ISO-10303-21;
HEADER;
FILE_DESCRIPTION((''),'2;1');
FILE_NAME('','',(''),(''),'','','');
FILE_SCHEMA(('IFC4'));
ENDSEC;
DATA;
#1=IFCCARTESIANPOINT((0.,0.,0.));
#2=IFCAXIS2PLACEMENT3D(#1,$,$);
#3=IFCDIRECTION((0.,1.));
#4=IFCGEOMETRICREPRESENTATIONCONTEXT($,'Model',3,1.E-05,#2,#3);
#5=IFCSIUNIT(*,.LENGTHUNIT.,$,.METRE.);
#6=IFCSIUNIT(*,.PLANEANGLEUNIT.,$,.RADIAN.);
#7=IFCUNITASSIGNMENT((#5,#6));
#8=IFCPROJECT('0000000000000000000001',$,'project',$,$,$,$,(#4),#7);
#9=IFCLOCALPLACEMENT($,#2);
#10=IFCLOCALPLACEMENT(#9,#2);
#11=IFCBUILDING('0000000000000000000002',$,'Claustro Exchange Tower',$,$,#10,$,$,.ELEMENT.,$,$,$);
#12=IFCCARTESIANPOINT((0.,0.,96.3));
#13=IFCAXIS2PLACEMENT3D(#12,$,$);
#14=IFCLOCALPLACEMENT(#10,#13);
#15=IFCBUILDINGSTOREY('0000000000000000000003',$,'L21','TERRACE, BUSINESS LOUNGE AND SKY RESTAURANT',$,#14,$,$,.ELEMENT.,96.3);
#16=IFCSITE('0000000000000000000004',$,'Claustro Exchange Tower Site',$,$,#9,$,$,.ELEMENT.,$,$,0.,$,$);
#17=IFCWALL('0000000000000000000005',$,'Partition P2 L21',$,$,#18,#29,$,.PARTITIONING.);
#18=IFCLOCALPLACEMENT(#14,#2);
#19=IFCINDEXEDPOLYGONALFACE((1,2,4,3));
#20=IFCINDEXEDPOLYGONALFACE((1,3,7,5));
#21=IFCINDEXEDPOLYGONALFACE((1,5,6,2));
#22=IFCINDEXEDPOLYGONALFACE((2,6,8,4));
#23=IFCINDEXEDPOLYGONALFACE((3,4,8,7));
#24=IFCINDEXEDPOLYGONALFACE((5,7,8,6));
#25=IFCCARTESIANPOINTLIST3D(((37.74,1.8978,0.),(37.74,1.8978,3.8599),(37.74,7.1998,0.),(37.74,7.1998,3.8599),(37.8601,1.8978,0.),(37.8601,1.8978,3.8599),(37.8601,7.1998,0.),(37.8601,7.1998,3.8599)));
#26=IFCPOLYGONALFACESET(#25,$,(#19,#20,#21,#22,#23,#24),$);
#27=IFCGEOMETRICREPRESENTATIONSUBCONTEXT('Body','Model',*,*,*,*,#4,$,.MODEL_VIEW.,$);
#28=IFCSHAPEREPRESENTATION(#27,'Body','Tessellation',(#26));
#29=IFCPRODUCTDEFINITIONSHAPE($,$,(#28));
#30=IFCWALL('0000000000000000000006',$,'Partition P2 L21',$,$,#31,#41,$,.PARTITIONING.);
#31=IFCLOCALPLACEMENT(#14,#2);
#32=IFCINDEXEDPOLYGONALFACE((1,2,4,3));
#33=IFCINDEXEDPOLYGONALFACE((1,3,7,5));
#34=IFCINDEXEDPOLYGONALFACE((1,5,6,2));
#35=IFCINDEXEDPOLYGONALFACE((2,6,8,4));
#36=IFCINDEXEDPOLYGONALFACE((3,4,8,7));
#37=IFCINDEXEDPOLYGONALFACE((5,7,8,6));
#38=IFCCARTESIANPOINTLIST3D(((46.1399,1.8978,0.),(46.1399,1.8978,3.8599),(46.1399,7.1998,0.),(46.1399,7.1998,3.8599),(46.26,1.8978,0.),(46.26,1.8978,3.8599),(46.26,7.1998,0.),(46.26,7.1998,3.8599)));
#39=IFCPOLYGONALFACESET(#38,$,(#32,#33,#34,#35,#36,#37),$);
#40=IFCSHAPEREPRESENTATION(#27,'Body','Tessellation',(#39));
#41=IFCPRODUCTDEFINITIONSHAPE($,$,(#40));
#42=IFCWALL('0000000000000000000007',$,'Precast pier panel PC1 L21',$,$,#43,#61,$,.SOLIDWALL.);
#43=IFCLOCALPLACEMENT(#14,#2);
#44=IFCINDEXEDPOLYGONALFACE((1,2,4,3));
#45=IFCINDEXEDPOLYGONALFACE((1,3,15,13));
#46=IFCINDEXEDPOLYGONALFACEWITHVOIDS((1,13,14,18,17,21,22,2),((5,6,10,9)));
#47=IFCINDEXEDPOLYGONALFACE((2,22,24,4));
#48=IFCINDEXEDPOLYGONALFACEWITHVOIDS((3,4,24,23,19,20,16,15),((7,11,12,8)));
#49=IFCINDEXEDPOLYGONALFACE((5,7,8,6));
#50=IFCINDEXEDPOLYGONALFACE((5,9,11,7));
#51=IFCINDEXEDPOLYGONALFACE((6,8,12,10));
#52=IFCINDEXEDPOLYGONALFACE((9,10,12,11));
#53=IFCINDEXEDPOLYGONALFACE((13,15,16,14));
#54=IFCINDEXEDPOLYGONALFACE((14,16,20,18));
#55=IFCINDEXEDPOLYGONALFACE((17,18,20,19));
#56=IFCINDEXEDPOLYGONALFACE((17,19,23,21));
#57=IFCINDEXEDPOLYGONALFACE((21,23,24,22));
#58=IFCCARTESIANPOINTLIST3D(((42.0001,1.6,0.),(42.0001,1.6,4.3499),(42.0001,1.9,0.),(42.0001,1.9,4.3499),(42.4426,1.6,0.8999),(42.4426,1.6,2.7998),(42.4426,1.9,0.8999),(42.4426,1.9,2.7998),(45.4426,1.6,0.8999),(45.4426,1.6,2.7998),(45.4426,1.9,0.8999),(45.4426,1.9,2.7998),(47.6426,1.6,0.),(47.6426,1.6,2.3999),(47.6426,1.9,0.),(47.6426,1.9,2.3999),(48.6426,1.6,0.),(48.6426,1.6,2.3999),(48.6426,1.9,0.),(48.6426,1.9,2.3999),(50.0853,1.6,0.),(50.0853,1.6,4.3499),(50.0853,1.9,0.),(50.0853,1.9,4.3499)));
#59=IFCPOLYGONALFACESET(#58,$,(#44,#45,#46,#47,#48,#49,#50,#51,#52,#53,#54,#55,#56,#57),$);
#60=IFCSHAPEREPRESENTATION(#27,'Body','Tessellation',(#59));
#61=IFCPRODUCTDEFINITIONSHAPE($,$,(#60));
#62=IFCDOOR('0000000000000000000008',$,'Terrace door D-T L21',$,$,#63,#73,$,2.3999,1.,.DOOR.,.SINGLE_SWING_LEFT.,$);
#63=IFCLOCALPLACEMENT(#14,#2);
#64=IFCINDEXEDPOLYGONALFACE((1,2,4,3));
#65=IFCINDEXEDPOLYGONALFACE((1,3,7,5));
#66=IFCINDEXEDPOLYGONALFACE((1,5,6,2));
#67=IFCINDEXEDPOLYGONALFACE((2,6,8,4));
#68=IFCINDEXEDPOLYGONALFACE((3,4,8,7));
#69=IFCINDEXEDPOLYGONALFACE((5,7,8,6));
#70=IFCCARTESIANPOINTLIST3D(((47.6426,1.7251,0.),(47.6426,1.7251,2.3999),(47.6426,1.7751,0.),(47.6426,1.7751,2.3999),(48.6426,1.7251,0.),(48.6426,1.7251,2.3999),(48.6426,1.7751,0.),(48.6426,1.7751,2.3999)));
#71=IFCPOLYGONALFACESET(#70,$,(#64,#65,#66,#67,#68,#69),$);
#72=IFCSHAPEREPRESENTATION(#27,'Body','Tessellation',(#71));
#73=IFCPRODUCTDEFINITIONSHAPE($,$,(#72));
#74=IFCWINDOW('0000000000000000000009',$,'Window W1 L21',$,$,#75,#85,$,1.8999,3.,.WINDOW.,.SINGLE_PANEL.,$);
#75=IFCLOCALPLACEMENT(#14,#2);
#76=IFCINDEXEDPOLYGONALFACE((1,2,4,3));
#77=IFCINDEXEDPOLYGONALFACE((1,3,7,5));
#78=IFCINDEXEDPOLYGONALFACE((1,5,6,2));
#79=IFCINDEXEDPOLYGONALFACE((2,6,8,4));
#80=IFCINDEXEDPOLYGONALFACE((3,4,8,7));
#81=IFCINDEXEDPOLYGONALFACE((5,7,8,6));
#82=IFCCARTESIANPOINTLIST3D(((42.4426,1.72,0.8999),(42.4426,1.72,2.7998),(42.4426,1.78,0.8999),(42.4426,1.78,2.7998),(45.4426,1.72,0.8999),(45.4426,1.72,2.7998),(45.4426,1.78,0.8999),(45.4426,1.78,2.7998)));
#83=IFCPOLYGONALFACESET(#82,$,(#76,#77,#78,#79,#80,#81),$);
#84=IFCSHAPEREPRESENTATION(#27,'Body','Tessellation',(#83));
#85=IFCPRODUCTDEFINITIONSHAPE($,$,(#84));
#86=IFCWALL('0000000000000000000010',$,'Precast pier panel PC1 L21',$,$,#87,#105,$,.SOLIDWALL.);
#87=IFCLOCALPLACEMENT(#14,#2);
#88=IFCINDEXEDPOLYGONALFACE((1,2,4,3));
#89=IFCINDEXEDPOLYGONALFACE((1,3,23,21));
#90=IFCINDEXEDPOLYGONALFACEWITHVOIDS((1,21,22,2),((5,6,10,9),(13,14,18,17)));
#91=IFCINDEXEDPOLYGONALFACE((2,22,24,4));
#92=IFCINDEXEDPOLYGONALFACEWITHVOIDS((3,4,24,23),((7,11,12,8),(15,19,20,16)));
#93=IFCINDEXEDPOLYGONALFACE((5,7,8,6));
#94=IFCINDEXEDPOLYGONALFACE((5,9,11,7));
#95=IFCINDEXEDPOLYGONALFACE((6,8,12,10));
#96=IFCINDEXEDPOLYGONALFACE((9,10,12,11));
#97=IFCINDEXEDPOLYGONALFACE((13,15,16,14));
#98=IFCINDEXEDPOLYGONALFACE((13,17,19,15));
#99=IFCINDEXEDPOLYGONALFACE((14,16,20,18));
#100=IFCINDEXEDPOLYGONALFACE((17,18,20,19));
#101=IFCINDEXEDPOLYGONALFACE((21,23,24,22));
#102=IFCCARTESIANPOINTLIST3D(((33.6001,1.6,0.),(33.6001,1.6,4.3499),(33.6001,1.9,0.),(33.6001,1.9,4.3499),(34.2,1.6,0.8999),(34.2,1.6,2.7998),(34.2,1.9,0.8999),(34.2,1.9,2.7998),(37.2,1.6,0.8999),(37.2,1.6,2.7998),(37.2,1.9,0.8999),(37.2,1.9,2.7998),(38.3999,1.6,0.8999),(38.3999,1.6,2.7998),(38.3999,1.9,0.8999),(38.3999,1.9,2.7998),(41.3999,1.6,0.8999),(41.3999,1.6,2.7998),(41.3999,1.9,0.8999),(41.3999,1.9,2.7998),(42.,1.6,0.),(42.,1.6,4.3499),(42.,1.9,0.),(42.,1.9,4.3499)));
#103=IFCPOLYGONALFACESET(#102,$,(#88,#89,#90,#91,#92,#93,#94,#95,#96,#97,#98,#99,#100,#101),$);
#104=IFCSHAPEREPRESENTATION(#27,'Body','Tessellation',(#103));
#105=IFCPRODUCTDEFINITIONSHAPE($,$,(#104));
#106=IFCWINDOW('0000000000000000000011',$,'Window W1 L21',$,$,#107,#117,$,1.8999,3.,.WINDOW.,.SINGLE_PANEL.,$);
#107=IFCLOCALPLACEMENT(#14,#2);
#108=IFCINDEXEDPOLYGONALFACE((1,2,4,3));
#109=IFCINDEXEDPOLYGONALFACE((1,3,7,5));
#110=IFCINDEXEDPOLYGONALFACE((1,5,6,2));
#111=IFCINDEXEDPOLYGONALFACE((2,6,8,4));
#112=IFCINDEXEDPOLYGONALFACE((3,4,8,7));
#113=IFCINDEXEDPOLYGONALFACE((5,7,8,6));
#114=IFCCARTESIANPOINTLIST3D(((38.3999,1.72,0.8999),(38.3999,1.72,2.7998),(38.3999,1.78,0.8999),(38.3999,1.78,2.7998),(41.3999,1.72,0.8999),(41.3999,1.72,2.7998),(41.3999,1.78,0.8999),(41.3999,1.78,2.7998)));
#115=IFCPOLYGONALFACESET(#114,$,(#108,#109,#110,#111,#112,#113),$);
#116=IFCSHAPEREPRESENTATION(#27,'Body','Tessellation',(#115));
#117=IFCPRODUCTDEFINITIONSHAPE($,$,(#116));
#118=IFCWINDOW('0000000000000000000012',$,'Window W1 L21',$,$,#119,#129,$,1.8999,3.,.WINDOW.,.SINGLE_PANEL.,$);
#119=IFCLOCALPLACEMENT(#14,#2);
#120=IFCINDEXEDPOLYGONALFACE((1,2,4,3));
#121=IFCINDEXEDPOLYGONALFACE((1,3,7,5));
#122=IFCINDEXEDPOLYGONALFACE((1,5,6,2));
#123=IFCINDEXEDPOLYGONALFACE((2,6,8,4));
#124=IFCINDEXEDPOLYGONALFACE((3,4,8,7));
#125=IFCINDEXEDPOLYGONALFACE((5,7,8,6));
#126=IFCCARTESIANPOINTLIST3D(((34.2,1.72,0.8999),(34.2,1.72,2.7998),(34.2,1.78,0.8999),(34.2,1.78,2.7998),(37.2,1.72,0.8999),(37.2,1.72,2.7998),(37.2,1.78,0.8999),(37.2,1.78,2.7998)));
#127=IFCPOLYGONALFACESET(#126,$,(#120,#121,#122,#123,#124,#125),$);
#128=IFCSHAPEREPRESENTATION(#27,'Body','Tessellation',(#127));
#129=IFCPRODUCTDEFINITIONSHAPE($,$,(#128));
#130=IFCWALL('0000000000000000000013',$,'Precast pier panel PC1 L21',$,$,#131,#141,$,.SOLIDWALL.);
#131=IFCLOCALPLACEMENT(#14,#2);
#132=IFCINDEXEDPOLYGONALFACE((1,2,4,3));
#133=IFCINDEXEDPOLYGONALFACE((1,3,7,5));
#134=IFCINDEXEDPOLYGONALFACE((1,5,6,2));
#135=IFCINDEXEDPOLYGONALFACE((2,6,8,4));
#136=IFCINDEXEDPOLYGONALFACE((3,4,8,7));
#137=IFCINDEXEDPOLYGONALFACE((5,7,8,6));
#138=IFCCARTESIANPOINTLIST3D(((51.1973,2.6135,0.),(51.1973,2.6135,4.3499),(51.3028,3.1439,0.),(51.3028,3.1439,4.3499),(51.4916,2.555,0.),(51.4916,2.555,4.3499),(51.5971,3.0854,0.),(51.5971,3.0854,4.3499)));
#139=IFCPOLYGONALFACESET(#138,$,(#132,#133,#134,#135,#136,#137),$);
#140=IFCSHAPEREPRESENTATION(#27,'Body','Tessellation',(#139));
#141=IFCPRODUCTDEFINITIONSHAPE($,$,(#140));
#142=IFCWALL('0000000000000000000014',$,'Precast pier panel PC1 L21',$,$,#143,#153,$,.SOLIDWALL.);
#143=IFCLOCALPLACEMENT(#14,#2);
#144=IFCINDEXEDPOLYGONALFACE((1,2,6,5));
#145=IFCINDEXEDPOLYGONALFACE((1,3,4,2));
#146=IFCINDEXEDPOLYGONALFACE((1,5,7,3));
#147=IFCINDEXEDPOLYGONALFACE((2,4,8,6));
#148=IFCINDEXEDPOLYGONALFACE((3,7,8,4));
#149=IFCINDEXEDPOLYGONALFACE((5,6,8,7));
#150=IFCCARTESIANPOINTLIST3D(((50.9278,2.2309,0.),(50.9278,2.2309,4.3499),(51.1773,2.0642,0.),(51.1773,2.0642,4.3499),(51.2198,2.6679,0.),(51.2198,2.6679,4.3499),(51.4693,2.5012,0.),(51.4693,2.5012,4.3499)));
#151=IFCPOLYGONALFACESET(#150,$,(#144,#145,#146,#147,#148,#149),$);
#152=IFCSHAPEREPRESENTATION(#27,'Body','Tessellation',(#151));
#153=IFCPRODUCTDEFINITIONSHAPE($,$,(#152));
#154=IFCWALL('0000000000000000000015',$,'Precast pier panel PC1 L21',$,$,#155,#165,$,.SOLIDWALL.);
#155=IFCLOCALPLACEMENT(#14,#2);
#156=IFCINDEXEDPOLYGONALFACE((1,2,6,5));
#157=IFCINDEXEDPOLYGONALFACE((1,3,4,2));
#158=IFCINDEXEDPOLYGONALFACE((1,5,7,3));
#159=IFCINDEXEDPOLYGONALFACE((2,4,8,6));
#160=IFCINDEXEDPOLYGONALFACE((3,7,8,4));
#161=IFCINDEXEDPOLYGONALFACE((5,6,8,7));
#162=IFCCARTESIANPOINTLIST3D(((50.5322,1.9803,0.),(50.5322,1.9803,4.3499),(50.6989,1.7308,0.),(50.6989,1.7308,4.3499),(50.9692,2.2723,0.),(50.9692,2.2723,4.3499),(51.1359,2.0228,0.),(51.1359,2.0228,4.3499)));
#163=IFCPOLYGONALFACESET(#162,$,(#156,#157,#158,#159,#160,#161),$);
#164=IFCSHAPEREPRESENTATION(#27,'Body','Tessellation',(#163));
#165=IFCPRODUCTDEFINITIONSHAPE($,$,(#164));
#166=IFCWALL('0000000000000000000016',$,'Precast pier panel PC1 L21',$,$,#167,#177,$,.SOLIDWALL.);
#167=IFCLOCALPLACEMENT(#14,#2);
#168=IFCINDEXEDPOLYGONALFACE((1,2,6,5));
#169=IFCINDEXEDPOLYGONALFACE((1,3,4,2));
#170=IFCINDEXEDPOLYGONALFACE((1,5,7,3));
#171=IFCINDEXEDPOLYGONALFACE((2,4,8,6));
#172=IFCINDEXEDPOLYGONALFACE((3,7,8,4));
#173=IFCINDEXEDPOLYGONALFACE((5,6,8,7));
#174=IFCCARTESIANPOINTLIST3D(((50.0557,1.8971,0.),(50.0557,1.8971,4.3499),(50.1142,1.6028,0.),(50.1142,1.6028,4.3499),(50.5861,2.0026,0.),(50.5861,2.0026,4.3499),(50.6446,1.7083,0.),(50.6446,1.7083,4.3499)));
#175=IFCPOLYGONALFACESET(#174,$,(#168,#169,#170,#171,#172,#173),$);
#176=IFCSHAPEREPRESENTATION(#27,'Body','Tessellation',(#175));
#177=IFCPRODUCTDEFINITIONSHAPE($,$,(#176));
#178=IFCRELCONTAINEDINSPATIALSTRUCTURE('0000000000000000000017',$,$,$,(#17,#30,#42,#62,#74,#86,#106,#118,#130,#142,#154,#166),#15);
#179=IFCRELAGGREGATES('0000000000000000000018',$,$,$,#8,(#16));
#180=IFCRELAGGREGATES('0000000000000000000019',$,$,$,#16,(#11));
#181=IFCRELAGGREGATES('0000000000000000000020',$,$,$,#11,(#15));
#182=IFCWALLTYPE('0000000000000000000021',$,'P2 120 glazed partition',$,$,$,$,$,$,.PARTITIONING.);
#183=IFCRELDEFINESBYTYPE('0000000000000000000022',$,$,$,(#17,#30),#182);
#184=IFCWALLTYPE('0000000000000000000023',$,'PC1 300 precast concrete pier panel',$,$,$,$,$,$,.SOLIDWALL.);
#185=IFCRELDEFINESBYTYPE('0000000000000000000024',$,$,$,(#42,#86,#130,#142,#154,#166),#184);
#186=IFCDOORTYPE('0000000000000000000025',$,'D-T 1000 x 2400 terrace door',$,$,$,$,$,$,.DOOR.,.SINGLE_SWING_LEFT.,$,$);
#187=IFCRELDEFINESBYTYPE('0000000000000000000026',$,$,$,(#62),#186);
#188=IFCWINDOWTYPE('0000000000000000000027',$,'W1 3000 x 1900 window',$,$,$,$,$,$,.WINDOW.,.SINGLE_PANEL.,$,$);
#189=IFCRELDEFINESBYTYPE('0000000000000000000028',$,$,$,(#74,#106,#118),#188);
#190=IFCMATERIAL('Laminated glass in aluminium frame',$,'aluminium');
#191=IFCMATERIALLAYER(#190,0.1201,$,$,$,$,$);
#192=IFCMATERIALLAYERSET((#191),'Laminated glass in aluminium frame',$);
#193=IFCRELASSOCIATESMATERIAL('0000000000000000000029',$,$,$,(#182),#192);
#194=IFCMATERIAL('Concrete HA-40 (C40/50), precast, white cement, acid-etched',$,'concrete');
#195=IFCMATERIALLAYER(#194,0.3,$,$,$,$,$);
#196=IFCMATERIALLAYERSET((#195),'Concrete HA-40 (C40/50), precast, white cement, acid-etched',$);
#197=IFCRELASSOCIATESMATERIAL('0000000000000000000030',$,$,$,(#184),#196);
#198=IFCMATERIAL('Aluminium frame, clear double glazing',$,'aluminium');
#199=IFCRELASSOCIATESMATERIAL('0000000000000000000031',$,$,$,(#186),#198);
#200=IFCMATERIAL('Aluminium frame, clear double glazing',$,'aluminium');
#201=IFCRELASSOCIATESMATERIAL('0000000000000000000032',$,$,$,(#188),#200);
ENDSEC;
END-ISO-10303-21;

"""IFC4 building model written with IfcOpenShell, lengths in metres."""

from ifc_helpers import new_model, si_unit, direction, frame, frame_2d, origin, place, context, subcontext, project, spatial, rectangle, extrude, material, layer, layer_set, type_object, element, fill, save


model = new_model("IFC4")

# Units and contexts
model_context = context("Model", 3, precision=1e-05, world=origin(), true_north=direction((0.0, 1.0)))
body_context = subcontext(model_context, "Body", "Model", "MODEL_VIEW")
ifc_project = project(units=[si_unit("LENGTHUNIT", "METRE"), si_unit("PLANEANGLEUNIT", "RADIAN")], contexts=[model_context])

# Site, building, storey
site_placement = place(None, origin())
site = spatial("IfcSite", under=ifc_project, at=site_placement, Name="Claustro Exchange Tower Site", CompositionType="ELEMENT", RefElevation=0.0)
building_placement = place(site_placement, origin())
building = spatial("IfcBuilding", under=site, at=building_placement, Name="Claustro Exchange Tower", CompositionType="ELEMENT")
storey_placement = place(building_placement, frame((0.0, 0.0, 96.3)))
storey = spatial("IfcBuildingStorey", under=building, at=storey_placement, Name="L21", Description="TERRACE, BUSINESS LOUNGE AND SKY RESTAURANT", CompositionType="ELEMENT", Elevation=96.3)

# Walls
ifc_material_1 = material(Name="Laminated glass in aluminium frame", Category="aluminium")
ifc_layer_1 = layer(ifc_material_1, 0.1201)
ifc_layer_set_1 = layer_set([ifc_layer_1], Name="Laminated glass in aluminium frame")
wall_type_1 = type_object("IfcWallType", Name="P2 120 glazed partition", PredefinedType="PARTITIONING", material=ifc_layer_set_1)
for number, where, z_axis, x_axis, name in (
    (1, (37.8, 1.8979, 0.0), (0.0, 0.0, 1.0), (0.0, 1.0, 0.0), "Partition P2 L21"),
    (2, (46.2, 1.8979, 0.0), (0.0, 0.0, 1.0), (0.0, 1.0, 0.0), "Partition P2 L21"),
):
    element("IfcWall", number, at=place(storey_placement, frame(where, z_axis=z_axis, x_axis=x_axis)), inside=storey, type_object=wall_type_1, Name=name, PredefinedType="PARTITIONING", context=body_context, shape_type="SweptSolid", body=[
        extrude(rectangle(XDim=5.302, YDim=0.1201, at=frame_2d((2.6509, 0.0))), origin(), (0.0, 0.0, 1.0), 3.8599),
    ])

# Wall, openings, door, window
ifc_material_2 = material(Name="Concrete HA-40 (C40/50), precast, white cement, acid-etched", Category="concrete")
ifc_layer_2 = layer(ifc_material_2, 0.3)
ifc_layer_set_2 = layer_set([ifc_layer_2], Name="Concrete HA-40 (C40/50), precast, white cement, acid-etched")
wall_type_2 = type_object("IfcWallType", Name="PC1 300 precast concrete pier panel", PredefinedType="SOLIDWALL", material=ifc_layer_set_2)
wall_1_placement = place(storey_placement, frame((50.0852, 1.75, 0.0), z_axis=(0.0, 0.0, 1.0), x_axis=(-1.0, 0.0, 0.0)))
wall_1 = element("IfcWall", 3, at=wall_1_placement, inside=storey, type_object=wall_type_2, Name="Precast pier panel PC1 L21", PredefinedType="SOLIDWALL", context=body_context, shape_type="SweptSolid", body=[
    extrude(rectangle(XDim=8.0852, YDim=0.3, at=frame_2d((4.0425, 0.0))), origin(), (0.0, 0.0, 1.0), 4.3499),
])
opening_1_placement = place(wall_1_placement, frame((4.6426, 0.0, 0.8999)))
opening_1 = element("IfcOpeningElement", 4, at=opening_1_placement, cuts=wall_1, PredefinedType="OPENING", context=body_context, shape_type="SweptSolid", body=[
    extrude(rectangle(XDim=3.0, YDim=1.8999, at=frame_2d((1.5, 0.95))), frame((0.0, 0.1599, 0.0), z_axis=(0.0, -1.0, 0.0), x_axis=(1.0, 0.0, 0.0)), (0.0, 0.0, 1.0), 0.3201),
])
opening_2_placement = place(wall_1_placement, frame((1.4426, 0.0, 0.0)))
opening_2 = element("IfcOpeningElement", 5, at=opening_2_placement, cuts=wall_1, PredefinedType="OPENING", context=body_context, shape_type="SweptSolid", body=[
    extrude(rectangle(XDim=1.0, YDim=2.3999, at=frame_2d((0.5, 1.2))), frame((0.0, 0.1599, 0.0), z_axis=(0.0, -1.0, 0.0), x_axis=(1.0, 0.0, 0.0)), (0.0, 0.0, 1.0), 0.3201),
])
ifc_material_3 = material(Name="Aluminium frame, clear double glazing", Category="aluminium")
door_type = type_object("IfcDoorType", Name="D-T 1000 x 2400 terrace door", OperationType="SINGLE_SWING_LEFT", PredefinedType="DOOR", material=ifc_material_3)
door_placement = place(opening_2_placement, origin())
door = element("IfcDoor", 6, at=door_placement, inside=storey, type_object=door_type, Name="Terrace door D-T L21", OperationType="SINGLE_SWING_LEFT", OverallHeight=2.3999, OverallWidth=1.0, PredefinedType="DOOR", context=body_context, shape_type="SweptSolid", body=[
    extrude(rectangle(XDim=1.0, YDim=2.3999, at=frame_2d((0.5, 1.2))), frame((0.0, 0.0249, 0.0), z_axis=(0.0, -1.0, 0.0), x_axis=(1.0, 0.0, 0.0)), (0.0, 0.0, 1.0), 0.05),
])
fill(opening_2, door)
ifc_material_4 = material(Name="Aluminium frame, clear double glazing", Category="aluminium")
window_type = type_object("IfcWindowType", Name="W1 3000 x 1900 window", PartitioningType="SINGLE_PANEL", PredefinedType="WINDOW", material=ifc_material_4)
window_1_placement = place(opening_1_placement, origin())
window_1 = element("IfcWindow", 7, at=window_1_placement, inside=storey, type_object=window_type, Name="Window W1 L21", OverallHeight=1.8999, OverallWidth=3.0, PartitioningType="SINGLE_PANEL", PredefinedType="WINDOW", context=body_context, shape_type="SweptSolid", body=[
    extrude(rectangle(XDim=3.0, YDim=1.8999, at=frame_2d((1.5, 0.95))), frame((0.0, 0.03, 0.0), z_axis=(0.0, -1.0, 0.0), x_axis=(1.0, 0.0, 0.0)), (0.0, 0.0, 1.0), 0.0601),
])
fill(opening_1, window_1)

# Wall, openings, windows
wall_2_placement = place(storey_placement, frame((42.0, 1.75, 0.0), z_axis=(0.0, 0.0, 1.0), x_axis=(-1.0, 0.0, 0.0)))
wall_2 = element("IfcWall", 8, at=wall_2_placement, inside=storey, type_object=wall_type_2, Name="Precast pier panel PC1 L21", PredefinedType="SOLIDWALL", context=body_context, shape_type="SweptSolid", body=[
    extrude(rectangle(XDim=8.3999, YDim=0.3, at=frame_2d((4.2, 0.0))), origin(), (0.0, 0.0, 1.0), 4.3499),
])
opening_3_placement = place(wall_2_placement, frame((0.6001, 0.0, 0.8999)))
opening_3 = element("IfcOpeningElement", 9, at=opening_3_placement, cuts=wall_2, PredefinedType="OPENING", context=body_context, shape_type="SweptSolid", body=[
    extrude(rectangle(XDim=3.0, YDim=1.8999, at=frame_2d((1.5, 0.95))), frame((0.0, 0.1599, 0.0), z_axis=(0.0, -1.0, 0.0), x_axis=(1.0, 0.0, 0.0)), (0.0, 0.0, 1.0), 0.3201),
])
opening_4_placement = place(wall_2_placement, frame((4.8, 0.0, 0.8999)))
opening_4 = element("IfcOpeningElement", 10, at=opening_4_placement, cuts=wall_2, PredefinedType="OPENING", context=body_context, shape_type="SweptSolid", body=[
    extrude(rectangle(XDim=3.0, YDim=1.8999, at=frame_2d((1.5, 0.95))), frame((0.0, 0.1599, 0.0), z_axis=(0.0, -1.0, 0.0), x_axis=(1.0, 0.0, 0.0)), (0.0, 0.0, 1.0), 0.3201),
])
window_2_placement = place(opening_3_placement, origin())
window_2 = element("IfcWindow", 11, at=window_2_placement, inside=storey, type_object=window_type, Name="Window W1 L21", OverallHeight=1.8999, OverallWidth=3.0, PartitioningType="SINGLE_PANEL", PredefinedType="WINDOW", context=body_context, shape_type="SweptSolid", body=[
    extrude(rectangle(XDim=3.0, YDim=1.8999, at=frame_2d((1.5, 0.95))), frame((0.0, 0.03, 0.0), z_axis=(0.0, -1.0, 0.0), x_axis=(1.0, 0.0, 0.0)), (0.0, 0.0, 1.0), 0.0601),
])
fill(opening_3, window_2)
window_3_placement = place(opening_4_placement, origin())
window_3 = element("IfcWindow", 12, at=window_3_placement, inside=storey, type_object=window_type, Name="Window W1 L21", OverallHeight=1.8999, OverallWidth=3.0, PartitioningType="SINGLE_PANEL", PredefinedType="WINDOW", context=body_context, shape_type="SweptSolid", body=[
    extrude(rectangle(XDim=3.0, YDim=1.8999, at=frame_2d((1.5, 0.95))), frame((0.0, 0.03, 0.0), z_axis=(0.0, -1.0, 0.0), x_axis=(1.0, 0.0, 0.0)), (0.0, 0.0, 1.0), 0.0601),
])
fill(opening_4, window_3)

# Walls
wall_3_placement = place(storey_placement, frame((51.45, 3.1147, 0.0), z_axis=(0.0, 0.0, 1.0), x_axis=(-0.195074, -0.980789, 0.0)))
element("IfcWall", 13, at=wall_3_placement, inside=storey, type_object=wall_type_2, Name="Precast pier panel PC1 L21", PredefinedType="SOLIDWALL", context=body_context, shape_type="SweptSolid", body=[
    extrude(rectangle(XDim=0.5408, YDim=0.3, at=frame_2d((0.2705, 0.0))), origin(), (0.0, 0.0, 1.0), 4.3499),
])
for number, where, z_axis, x_axis, name in (
    (14, (51.3445, 2.5845, 0.0), (0.0, 0.0, 1.0), (-0.555557, -0.831478, 0.0), "Precast pier panel PC1 L21"),
    (15, (51.0525, 2.1475, 0.0), (0.0, 0.0, 1.0), (-0.831478, -0.555557, 0.0), "Precast pier panel PC1 L21"),
):
    element("IfcWall", number, at=place(storey_placement, frame(where, z_axis=z_axis, x_axis=x_axis)), inside=storey, type_object=wall_type_2, Name=name, PredefinedType="SOLIDWALL", context=body_context, shape_type="SweptSolid", body=[
        extrude(rectangle(XDim=0.5256, YDim=0.3, at=frame_2d((0.2627, 0.0))), origin(), (0.0, 0.0, 1.0), 4.3499),
    ])
wall_4_placement = place(storey_placement, frame((50.6155, 1.8555, 0.0), z_axis=(0.0, 0.0, 1.0), x_axis=(-0.980789, -0.195074, 0.0)))
element("IfcWall", 16, at=wall_4_placement, inside=storey, type_object=wall_type_2, Name="Precast pier panel PC1 L21", PredefinedType="SOLIDWALL", context=body_context, shape_type="SweptSolid", body=[
    extrude(rectangle(XDim=0.5408, YDim=0.3, at=frame_2d((0.2705, 0.0))), origin(), (0.0, 0.0, 1.0), 4.3499),
])

save(model, "model.ifc")
